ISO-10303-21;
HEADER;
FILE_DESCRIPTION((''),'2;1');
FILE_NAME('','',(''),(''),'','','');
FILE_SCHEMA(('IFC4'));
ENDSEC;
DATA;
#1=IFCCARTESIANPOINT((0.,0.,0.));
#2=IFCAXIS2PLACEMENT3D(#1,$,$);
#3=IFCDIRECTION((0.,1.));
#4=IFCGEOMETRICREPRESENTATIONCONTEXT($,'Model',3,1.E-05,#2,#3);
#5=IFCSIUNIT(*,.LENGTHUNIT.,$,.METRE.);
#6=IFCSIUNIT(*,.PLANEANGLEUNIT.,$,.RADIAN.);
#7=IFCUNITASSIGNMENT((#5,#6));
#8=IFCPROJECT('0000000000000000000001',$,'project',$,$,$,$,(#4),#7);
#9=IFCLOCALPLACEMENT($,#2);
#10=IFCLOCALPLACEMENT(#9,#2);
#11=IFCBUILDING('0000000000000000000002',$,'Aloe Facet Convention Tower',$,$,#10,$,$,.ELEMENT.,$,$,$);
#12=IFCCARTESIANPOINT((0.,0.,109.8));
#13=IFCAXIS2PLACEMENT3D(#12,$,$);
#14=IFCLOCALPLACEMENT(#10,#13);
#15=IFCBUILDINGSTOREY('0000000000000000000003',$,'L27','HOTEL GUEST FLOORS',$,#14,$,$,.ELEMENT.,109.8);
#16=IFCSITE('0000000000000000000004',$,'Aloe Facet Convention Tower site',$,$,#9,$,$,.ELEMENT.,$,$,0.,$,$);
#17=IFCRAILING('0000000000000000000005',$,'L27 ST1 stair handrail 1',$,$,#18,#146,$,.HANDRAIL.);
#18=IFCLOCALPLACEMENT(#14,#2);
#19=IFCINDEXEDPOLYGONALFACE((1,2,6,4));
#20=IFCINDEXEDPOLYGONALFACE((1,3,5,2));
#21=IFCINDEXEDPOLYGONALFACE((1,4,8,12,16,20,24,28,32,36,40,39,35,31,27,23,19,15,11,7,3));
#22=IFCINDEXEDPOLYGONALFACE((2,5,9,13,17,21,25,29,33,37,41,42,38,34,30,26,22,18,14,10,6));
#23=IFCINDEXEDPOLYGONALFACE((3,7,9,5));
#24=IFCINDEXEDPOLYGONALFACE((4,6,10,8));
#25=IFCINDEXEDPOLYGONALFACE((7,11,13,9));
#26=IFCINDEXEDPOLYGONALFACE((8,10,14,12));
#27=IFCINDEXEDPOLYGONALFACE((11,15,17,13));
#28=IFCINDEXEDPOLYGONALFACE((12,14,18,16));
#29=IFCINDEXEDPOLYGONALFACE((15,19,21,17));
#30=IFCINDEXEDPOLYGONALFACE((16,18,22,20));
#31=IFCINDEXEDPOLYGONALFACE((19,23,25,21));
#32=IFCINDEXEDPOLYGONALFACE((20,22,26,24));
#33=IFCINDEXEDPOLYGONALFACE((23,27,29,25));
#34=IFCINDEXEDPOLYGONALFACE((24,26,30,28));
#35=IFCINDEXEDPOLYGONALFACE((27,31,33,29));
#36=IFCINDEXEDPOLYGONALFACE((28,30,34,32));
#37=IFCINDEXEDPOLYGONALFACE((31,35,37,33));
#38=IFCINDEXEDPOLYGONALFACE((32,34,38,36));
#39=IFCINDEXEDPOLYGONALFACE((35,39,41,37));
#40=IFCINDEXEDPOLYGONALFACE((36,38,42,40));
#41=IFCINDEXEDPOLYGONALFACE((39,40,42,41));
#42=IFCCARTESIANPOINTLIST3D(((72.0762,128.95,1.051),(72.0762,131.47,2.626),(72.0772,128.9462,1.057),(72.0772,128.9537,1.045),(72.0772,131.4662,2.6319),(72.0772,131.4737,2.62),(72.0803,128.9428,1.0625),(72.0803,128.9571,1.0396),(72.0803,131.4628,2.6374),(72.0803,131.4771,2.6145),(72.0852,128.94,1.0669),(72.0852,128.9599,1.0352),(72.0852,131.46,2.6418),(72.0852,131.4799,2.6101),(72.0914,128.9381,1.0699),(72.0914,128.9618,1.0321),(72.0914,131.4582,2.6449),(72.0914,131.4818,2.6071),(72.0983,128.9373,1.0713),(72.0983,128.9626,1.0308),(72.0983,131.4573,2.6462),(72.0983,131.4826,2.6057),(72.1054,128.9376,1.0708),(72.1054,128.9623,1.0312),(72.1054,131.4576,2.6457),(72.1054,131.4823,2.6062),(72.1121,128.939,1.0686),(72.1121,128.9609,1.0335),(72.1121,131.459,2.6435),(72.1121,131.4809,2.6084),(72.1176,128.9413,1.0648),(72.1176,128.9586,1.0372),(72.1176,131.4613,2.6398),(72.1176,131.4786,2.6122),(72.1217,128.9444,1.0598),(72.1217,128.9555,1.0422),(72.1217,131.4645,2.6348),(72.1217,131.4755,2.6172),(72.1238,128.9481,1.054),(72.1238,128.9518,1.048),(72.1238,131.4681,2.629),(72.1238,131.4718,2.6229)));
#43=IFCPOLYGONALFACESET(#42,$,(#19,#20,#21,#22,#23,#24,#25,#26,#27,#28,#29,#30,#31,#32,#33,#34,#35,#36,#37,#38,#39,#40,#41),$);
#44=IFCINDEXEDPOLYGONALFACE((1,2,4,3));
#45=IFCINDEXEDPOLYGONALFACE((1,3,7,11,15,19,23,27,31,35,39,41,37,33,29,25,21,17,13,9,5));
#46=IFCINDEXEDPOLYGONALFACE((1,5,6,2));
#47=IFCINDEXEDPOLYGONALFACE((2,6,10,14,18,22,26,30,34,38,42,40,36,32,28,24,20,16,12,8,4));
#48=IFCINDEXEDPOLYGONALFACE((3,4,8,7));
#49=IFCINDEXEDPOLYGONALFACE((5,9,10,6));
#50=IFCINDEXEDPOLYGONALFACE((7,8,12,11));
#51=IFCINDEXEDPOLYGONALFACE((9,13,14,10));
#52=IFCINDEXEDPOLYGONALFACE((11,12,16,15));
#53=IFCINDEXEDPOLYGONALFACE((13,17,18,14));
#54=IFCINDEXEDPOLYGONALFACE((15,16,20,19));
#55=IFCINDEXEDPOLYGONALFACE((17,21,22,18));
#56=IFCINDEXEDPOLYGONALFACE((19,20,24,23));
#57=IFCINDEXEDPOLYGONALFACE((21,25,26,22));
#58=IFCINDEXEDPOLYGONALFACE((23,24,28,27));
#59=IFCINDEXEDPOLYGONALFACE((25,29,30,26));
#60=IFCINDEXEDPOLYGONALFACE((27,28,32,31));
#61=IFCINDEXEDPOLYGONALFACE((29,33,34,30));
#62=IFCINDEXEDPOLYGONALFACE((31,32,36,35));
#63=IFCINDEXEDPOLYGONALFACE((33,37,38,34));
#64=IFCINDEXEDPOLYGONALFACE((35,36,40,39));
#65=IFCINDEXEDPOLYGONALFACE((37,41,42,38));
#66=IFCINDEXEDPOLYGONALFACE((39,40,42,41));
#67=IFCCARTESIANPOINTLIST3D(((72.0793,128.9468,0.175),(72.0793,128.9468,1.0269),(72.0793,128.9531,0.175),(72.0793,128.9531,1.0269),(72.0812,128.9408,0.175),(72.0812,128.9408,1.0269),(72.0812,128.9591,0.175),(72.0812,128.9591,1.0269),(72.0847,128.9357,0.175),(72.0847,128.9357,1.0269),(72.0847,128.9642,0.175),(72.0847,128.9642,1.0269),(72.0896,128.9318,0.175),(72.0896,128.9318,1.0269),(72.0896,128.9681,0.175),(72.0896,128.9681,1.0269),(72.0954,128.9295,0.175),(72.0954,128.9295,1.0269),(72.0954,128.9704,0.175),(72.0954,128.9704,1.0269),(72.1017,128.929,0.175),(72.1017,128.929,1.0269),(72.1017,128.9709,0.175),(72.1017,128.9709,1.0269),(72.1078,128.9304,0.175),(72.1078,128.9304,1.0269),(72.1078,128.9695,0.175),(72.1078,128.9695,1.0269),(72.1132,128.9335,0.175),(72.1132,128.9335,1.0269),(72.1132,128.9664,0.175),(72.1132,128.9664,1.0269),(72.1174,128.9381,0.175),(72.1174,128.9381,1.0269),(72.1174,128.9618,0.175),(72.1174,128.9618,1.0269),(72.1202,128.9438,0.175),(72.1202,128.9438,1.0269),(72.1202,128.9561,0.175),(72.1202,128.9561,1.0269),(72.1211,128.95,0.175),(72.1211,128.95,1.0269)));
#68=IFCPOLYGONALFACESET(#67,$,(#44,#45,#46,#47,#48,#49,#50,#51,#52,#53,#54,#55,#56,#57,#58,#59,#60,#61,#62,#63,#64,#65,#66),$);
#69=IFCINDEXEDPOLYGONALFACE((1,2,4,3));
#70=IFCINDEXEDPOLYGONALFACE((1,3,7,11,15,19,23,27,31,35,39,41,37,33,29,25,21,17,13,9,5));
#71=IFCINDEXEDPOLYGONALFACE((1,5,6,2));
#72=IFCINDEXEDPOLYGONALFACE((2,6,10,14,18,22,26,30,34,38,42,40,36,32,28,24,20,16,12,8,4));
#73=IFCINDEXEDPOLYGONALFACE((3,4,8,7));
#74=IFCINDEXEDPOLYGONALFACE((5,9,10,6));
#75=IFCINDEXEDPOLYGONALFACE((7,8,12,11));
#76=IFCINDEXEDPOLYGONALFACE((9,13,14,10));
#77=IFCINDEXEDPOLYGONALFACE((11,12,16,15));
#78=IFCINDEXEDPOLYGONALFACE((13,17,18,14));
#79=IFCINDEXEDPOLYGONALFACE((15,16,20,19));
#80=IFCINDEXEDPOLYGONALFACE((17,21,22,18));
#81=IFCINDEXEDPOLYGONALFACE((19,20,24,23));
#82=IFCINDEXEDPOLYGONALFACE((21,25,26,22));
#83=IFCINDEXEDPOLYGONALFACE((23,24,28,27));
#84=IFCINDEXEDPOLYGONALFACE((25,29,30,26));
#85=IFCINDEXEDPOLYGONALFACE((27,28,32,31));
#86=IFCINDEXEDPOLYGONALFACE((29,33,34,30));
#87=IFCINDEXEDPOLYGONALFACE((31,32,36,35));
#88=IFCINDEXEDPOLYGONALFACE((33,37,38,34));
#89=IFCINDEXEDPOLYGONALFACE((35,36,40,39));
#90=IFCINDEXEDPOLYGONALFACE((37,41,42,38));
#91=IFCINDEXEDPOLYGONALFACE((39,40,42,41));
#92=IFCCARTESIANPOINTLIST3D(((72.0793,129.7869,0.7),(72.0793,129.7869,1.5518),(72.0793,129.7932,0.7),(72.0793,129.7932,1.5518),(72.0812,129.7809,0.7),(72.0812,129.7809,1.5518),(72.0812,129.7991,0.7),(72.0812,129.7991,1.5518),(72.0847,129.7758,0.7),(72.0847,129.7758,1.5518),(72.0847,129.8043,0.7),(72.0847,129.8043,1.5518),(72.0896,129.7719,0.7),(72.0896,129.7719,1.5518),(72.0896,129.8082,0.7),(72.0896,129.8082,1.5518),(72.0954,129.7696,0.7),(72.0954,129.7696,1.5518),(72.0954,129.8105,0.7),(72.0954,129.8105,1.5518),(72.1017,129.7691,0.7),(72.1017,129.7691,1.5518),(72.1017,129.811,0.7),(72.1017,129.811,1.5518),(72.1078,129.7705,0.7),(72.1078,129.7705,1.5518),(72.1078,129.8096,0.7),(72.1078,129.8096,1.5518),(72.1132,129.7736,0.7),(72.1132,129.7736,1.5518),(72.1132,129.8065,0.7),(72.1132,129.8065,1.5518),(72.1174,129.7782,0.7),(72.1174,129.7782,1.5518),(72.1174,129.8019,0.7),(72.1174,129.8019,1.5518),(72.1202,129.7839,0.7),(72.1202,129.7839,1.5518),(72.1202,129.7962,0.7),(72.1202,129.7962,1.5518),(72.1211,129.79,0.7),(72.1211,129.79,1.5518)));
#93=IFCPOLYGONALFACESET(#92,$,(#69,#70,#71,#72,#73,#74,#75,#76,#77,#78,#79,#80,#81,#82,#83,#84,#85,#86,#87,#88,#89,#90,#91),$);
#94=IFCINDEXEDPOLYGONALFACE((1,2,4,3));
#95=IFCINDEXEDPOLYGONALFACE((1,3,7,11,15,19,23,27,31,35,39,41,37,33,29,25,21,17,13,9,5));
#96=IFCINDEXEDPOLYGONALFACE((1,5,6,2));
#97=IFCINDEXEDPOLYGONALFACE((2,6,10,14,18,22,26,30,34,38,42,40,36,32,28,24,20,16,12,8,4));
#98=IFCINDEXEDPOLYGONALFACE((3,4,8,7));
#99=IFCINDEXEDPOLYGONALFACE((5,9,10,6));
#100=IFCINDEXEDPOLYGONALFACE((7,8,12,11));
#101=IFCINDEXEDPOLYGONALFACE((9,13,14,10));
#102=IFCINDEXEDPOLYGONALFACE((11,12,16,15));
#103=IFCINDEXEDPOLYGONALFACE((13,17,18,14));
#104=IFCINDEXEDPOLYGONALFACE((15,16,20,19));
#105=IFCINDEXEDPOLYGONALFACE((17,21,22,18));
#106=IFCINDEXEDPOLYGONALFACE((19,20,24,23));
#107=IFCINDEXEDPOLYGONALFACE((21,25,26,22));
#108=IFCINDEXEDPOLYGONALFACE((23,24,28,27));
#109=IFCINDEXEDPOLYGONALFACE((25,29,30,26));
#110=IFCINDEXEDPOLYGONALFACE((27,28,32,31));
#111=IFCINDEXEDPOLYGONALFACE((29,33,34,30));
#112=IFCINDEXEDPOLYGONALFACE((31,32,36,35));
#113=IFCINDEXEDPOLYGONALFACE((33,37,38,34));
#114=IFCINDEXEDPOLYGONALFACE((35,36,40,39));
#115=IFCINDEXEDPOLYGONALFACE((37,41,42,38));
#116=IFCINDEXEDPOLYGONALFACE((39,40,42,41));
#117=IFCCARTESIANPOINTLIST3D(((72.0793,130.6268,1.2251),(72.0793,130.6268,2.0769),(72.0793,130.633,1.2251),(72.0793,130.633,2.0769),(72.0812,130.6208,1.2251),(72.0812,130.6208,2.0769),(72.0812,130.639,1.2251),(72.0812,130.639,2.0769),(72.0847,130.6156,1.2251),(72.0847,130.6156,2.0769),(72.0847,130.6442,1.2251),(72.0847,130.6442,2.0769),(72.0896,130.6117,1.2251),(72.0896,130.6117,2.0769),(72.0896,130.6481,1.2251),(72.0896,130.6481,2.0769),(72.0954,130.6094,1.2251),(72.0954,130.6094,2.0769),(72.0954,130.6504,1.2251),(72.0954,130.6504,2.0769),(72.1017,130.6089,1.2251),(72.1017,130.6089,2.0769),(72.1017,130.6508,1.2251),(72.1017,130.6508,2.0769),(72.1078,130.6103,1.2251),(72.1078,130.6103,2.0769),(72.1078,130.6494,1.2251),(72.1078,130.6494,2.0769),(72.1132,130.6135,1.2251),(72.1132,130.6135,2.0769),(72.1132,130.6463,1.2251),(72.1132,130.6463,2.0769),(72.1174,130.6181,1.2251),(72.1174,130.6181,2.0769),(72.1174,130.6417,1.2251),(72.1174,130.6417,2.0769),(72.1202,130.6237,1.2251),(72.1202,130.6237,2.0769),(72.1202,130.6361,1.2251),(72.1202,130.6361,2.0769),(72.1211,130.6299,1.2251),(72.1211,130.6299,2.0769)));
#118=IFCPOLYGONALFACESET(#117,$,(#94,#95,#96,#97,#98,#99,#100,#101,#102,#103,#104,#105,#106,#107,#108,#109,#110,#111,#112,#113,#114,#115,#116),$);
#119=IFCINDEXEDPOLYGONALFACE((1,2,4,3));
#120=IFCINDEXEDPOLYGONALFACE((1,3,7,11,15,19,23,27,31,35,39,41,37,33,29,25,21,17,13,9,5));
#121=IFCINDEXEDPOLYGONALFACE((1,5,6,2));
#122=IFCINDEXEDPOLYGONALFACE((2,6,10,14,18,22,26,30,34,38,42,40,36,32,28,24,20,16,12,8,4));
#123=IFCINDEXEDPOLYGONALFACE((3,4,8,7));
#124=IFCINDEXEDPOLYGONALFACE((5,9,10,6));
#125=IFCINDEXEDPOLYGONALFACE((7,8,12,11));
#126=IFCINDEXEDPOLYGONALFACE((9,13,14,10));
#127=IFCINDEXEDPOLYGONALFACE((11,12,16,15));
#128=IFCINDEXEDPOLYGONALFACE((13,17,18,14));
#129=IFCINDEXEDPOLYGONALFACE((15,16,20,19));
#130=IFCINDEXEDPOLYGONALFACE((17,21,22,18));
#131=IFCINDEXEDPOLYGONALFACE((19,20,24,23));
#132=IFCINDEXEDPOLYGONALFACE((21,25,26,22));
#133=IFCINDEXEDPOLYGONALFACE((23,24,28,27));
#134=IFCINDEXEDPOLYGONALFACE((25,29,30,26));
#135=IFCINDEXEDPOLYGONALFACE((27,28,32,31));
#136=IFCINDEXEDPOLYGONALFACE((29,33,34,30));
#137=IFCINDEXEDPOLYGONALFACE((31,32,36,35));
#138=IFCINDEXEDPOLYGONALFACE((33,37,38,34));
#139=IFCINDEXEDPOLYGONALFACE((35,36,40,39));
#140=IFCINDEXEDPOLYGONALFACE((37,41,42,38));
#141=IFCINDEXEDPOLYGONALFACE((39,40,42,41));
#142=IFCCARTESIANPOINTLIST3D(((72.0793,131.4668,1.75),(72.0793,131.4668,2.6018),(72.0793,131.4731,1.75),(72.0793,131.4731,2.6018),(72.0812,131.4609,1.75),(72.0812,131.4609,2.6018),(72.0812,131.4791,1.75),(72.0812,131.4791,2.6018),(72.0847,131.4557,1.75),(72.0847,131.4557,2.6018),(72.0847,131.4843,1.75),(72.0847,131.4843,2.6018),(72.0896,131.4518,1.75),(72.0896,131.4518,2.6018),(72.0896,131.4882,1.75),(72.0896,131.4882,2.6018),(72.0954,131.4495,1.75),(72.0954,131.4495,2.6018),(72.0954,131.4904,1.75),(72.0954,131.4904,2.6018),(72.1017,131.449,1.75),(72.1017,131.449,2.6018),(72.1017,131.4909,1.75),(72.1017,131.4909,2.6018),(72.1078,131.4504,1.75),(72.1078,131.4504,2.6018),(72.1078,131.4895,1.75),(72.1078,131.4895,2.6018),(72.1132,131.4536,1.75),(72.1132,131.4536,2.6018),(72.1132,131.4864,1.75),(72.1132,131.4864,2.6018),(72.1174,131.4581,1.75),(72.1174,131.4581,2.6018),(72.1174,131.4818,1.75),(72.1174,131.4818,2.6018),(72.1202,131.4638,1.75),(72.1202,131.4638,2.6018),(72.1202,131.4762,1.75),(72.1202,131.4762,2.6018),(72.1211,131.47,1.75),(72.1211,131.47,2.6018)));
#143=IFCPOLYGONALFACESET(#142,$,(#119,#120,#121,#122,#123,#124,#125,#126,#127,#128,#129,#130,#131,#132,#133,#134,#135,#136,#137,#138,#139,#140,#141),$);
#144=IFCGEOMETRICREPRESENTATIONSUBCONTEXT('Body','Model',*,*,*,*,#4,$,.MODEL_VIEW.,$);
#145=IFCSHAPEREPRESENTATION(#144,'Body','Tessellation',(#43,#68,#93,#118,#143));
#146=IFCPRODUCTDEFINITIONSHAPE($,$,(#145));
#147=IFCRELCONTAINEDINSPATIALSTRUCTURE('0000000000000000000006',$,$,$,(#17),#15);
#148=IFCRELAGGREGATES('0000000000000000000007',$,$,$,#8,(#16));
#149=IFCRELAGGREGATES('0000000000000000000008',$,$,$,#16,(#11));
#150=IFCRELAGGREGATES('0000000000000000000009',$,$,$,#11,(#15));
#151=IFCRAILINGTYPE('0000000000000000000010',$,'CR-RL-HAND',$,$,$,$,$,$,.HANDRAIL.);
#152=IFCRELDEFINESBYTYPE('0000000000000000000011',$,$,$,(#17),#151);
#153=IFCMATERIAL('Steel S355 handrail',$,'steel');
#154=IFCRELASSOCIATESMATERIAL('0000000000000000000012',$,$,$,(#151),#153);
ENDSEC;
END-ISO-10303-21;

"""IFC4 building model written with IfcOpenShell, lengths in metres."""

from ifc_helpers import new_model, si_unit, direction, frame, origin, origin_2d, place, context, subcontext, project, spatial, circle, extrude, material, type_object, element, save


model = new_model("IFC4")

# Units and contexts
model_context = context("Model", 3, precision=1e-05, world=origin(), true_north=direction((0.0, 1.0)))
body_context = subcontext(model_context, "Body", "Model", "MODEL_VIEW")
ifc_project = project(units=[si_unit("LENGTHUNIT", "METRE"), si_unit("PLANEANGLEUNIT", "RADIAN")], contexts=[model_context])

# Site, building, storey
site_placement = place(None, origin())
site = spatial("IfcSite", under=ifc_project, at=site_placement, Name="Aloe Facet Convention Tower site", CompositionType="ELEMENT", RefElevation=0.0)
building_placement = place(site_placement, origin())
building = spatial("IfcBuilding", under=site, at=building_placement, Name="Aloe Facet Convention Tower", CompositionType="ELEMENT")
storey_placement = place(building_placement, frame((0.0, 0.0, 109.8)))
storey = spatial("IfcBuildingStorey", under=building, at=storey_placement, Name="L27", Description="HOTEL GUEST FLOORS", CompositionType="ELEMENT", Elevation=109.8)

# Railing
ifc_material_1 = material(Name="Steel S355 handrail", Category="steel")
railing_type_1 = type_object("IfcRailingType", Name="CR-RL-HAND", PredefinedType="HANDRAIL", material=ifc_material_1)
railing_1_placement = place(storey_placement, frame((72.1001, 128.95, 0.175)))
element("IfcRailing", 1, at=railing_1_placement, inside=storey, type_object=railing_type_1, Name="L27 ST1 stair handrail 1", PredefinedType="HANDRAIL", context=body_context, shape_type="SweptSolid", body=[
    extrude(circle(Radius=0.0239, at=origin_2d()), frame((0.0, 0.0, 0.876), z_axis=(0.0, 0.848008, 0.529984), x_axis=(-1.0, 0.0, 0.0)), (0.0, 0.0, 1.0), 2.9717),
    extrude(circle(Radius=0.021, at=origin_2d()), origin(), (0.0, 0.0, 1.0), 0.8518),
    extrude(circle(Radius=0.021, at=origin_2d()), frame((0.0, 0.8401, 0.5249)), (0.0, 0.0, 1.0), 0.8518),
    extrude(circle(Radius=0.021, at=origin_2d()), frame((0.0, 1.6799, 1.05)), (0.0, 0.0, 1.0), 0.8518),
    extrude(circle(Radius=0.021, at=origin_2d()), frame((0.0, 2.52, 1.575)), (0.0, 0.0, 1.0), 0.8518),
])

save(model, "model.ifc")
